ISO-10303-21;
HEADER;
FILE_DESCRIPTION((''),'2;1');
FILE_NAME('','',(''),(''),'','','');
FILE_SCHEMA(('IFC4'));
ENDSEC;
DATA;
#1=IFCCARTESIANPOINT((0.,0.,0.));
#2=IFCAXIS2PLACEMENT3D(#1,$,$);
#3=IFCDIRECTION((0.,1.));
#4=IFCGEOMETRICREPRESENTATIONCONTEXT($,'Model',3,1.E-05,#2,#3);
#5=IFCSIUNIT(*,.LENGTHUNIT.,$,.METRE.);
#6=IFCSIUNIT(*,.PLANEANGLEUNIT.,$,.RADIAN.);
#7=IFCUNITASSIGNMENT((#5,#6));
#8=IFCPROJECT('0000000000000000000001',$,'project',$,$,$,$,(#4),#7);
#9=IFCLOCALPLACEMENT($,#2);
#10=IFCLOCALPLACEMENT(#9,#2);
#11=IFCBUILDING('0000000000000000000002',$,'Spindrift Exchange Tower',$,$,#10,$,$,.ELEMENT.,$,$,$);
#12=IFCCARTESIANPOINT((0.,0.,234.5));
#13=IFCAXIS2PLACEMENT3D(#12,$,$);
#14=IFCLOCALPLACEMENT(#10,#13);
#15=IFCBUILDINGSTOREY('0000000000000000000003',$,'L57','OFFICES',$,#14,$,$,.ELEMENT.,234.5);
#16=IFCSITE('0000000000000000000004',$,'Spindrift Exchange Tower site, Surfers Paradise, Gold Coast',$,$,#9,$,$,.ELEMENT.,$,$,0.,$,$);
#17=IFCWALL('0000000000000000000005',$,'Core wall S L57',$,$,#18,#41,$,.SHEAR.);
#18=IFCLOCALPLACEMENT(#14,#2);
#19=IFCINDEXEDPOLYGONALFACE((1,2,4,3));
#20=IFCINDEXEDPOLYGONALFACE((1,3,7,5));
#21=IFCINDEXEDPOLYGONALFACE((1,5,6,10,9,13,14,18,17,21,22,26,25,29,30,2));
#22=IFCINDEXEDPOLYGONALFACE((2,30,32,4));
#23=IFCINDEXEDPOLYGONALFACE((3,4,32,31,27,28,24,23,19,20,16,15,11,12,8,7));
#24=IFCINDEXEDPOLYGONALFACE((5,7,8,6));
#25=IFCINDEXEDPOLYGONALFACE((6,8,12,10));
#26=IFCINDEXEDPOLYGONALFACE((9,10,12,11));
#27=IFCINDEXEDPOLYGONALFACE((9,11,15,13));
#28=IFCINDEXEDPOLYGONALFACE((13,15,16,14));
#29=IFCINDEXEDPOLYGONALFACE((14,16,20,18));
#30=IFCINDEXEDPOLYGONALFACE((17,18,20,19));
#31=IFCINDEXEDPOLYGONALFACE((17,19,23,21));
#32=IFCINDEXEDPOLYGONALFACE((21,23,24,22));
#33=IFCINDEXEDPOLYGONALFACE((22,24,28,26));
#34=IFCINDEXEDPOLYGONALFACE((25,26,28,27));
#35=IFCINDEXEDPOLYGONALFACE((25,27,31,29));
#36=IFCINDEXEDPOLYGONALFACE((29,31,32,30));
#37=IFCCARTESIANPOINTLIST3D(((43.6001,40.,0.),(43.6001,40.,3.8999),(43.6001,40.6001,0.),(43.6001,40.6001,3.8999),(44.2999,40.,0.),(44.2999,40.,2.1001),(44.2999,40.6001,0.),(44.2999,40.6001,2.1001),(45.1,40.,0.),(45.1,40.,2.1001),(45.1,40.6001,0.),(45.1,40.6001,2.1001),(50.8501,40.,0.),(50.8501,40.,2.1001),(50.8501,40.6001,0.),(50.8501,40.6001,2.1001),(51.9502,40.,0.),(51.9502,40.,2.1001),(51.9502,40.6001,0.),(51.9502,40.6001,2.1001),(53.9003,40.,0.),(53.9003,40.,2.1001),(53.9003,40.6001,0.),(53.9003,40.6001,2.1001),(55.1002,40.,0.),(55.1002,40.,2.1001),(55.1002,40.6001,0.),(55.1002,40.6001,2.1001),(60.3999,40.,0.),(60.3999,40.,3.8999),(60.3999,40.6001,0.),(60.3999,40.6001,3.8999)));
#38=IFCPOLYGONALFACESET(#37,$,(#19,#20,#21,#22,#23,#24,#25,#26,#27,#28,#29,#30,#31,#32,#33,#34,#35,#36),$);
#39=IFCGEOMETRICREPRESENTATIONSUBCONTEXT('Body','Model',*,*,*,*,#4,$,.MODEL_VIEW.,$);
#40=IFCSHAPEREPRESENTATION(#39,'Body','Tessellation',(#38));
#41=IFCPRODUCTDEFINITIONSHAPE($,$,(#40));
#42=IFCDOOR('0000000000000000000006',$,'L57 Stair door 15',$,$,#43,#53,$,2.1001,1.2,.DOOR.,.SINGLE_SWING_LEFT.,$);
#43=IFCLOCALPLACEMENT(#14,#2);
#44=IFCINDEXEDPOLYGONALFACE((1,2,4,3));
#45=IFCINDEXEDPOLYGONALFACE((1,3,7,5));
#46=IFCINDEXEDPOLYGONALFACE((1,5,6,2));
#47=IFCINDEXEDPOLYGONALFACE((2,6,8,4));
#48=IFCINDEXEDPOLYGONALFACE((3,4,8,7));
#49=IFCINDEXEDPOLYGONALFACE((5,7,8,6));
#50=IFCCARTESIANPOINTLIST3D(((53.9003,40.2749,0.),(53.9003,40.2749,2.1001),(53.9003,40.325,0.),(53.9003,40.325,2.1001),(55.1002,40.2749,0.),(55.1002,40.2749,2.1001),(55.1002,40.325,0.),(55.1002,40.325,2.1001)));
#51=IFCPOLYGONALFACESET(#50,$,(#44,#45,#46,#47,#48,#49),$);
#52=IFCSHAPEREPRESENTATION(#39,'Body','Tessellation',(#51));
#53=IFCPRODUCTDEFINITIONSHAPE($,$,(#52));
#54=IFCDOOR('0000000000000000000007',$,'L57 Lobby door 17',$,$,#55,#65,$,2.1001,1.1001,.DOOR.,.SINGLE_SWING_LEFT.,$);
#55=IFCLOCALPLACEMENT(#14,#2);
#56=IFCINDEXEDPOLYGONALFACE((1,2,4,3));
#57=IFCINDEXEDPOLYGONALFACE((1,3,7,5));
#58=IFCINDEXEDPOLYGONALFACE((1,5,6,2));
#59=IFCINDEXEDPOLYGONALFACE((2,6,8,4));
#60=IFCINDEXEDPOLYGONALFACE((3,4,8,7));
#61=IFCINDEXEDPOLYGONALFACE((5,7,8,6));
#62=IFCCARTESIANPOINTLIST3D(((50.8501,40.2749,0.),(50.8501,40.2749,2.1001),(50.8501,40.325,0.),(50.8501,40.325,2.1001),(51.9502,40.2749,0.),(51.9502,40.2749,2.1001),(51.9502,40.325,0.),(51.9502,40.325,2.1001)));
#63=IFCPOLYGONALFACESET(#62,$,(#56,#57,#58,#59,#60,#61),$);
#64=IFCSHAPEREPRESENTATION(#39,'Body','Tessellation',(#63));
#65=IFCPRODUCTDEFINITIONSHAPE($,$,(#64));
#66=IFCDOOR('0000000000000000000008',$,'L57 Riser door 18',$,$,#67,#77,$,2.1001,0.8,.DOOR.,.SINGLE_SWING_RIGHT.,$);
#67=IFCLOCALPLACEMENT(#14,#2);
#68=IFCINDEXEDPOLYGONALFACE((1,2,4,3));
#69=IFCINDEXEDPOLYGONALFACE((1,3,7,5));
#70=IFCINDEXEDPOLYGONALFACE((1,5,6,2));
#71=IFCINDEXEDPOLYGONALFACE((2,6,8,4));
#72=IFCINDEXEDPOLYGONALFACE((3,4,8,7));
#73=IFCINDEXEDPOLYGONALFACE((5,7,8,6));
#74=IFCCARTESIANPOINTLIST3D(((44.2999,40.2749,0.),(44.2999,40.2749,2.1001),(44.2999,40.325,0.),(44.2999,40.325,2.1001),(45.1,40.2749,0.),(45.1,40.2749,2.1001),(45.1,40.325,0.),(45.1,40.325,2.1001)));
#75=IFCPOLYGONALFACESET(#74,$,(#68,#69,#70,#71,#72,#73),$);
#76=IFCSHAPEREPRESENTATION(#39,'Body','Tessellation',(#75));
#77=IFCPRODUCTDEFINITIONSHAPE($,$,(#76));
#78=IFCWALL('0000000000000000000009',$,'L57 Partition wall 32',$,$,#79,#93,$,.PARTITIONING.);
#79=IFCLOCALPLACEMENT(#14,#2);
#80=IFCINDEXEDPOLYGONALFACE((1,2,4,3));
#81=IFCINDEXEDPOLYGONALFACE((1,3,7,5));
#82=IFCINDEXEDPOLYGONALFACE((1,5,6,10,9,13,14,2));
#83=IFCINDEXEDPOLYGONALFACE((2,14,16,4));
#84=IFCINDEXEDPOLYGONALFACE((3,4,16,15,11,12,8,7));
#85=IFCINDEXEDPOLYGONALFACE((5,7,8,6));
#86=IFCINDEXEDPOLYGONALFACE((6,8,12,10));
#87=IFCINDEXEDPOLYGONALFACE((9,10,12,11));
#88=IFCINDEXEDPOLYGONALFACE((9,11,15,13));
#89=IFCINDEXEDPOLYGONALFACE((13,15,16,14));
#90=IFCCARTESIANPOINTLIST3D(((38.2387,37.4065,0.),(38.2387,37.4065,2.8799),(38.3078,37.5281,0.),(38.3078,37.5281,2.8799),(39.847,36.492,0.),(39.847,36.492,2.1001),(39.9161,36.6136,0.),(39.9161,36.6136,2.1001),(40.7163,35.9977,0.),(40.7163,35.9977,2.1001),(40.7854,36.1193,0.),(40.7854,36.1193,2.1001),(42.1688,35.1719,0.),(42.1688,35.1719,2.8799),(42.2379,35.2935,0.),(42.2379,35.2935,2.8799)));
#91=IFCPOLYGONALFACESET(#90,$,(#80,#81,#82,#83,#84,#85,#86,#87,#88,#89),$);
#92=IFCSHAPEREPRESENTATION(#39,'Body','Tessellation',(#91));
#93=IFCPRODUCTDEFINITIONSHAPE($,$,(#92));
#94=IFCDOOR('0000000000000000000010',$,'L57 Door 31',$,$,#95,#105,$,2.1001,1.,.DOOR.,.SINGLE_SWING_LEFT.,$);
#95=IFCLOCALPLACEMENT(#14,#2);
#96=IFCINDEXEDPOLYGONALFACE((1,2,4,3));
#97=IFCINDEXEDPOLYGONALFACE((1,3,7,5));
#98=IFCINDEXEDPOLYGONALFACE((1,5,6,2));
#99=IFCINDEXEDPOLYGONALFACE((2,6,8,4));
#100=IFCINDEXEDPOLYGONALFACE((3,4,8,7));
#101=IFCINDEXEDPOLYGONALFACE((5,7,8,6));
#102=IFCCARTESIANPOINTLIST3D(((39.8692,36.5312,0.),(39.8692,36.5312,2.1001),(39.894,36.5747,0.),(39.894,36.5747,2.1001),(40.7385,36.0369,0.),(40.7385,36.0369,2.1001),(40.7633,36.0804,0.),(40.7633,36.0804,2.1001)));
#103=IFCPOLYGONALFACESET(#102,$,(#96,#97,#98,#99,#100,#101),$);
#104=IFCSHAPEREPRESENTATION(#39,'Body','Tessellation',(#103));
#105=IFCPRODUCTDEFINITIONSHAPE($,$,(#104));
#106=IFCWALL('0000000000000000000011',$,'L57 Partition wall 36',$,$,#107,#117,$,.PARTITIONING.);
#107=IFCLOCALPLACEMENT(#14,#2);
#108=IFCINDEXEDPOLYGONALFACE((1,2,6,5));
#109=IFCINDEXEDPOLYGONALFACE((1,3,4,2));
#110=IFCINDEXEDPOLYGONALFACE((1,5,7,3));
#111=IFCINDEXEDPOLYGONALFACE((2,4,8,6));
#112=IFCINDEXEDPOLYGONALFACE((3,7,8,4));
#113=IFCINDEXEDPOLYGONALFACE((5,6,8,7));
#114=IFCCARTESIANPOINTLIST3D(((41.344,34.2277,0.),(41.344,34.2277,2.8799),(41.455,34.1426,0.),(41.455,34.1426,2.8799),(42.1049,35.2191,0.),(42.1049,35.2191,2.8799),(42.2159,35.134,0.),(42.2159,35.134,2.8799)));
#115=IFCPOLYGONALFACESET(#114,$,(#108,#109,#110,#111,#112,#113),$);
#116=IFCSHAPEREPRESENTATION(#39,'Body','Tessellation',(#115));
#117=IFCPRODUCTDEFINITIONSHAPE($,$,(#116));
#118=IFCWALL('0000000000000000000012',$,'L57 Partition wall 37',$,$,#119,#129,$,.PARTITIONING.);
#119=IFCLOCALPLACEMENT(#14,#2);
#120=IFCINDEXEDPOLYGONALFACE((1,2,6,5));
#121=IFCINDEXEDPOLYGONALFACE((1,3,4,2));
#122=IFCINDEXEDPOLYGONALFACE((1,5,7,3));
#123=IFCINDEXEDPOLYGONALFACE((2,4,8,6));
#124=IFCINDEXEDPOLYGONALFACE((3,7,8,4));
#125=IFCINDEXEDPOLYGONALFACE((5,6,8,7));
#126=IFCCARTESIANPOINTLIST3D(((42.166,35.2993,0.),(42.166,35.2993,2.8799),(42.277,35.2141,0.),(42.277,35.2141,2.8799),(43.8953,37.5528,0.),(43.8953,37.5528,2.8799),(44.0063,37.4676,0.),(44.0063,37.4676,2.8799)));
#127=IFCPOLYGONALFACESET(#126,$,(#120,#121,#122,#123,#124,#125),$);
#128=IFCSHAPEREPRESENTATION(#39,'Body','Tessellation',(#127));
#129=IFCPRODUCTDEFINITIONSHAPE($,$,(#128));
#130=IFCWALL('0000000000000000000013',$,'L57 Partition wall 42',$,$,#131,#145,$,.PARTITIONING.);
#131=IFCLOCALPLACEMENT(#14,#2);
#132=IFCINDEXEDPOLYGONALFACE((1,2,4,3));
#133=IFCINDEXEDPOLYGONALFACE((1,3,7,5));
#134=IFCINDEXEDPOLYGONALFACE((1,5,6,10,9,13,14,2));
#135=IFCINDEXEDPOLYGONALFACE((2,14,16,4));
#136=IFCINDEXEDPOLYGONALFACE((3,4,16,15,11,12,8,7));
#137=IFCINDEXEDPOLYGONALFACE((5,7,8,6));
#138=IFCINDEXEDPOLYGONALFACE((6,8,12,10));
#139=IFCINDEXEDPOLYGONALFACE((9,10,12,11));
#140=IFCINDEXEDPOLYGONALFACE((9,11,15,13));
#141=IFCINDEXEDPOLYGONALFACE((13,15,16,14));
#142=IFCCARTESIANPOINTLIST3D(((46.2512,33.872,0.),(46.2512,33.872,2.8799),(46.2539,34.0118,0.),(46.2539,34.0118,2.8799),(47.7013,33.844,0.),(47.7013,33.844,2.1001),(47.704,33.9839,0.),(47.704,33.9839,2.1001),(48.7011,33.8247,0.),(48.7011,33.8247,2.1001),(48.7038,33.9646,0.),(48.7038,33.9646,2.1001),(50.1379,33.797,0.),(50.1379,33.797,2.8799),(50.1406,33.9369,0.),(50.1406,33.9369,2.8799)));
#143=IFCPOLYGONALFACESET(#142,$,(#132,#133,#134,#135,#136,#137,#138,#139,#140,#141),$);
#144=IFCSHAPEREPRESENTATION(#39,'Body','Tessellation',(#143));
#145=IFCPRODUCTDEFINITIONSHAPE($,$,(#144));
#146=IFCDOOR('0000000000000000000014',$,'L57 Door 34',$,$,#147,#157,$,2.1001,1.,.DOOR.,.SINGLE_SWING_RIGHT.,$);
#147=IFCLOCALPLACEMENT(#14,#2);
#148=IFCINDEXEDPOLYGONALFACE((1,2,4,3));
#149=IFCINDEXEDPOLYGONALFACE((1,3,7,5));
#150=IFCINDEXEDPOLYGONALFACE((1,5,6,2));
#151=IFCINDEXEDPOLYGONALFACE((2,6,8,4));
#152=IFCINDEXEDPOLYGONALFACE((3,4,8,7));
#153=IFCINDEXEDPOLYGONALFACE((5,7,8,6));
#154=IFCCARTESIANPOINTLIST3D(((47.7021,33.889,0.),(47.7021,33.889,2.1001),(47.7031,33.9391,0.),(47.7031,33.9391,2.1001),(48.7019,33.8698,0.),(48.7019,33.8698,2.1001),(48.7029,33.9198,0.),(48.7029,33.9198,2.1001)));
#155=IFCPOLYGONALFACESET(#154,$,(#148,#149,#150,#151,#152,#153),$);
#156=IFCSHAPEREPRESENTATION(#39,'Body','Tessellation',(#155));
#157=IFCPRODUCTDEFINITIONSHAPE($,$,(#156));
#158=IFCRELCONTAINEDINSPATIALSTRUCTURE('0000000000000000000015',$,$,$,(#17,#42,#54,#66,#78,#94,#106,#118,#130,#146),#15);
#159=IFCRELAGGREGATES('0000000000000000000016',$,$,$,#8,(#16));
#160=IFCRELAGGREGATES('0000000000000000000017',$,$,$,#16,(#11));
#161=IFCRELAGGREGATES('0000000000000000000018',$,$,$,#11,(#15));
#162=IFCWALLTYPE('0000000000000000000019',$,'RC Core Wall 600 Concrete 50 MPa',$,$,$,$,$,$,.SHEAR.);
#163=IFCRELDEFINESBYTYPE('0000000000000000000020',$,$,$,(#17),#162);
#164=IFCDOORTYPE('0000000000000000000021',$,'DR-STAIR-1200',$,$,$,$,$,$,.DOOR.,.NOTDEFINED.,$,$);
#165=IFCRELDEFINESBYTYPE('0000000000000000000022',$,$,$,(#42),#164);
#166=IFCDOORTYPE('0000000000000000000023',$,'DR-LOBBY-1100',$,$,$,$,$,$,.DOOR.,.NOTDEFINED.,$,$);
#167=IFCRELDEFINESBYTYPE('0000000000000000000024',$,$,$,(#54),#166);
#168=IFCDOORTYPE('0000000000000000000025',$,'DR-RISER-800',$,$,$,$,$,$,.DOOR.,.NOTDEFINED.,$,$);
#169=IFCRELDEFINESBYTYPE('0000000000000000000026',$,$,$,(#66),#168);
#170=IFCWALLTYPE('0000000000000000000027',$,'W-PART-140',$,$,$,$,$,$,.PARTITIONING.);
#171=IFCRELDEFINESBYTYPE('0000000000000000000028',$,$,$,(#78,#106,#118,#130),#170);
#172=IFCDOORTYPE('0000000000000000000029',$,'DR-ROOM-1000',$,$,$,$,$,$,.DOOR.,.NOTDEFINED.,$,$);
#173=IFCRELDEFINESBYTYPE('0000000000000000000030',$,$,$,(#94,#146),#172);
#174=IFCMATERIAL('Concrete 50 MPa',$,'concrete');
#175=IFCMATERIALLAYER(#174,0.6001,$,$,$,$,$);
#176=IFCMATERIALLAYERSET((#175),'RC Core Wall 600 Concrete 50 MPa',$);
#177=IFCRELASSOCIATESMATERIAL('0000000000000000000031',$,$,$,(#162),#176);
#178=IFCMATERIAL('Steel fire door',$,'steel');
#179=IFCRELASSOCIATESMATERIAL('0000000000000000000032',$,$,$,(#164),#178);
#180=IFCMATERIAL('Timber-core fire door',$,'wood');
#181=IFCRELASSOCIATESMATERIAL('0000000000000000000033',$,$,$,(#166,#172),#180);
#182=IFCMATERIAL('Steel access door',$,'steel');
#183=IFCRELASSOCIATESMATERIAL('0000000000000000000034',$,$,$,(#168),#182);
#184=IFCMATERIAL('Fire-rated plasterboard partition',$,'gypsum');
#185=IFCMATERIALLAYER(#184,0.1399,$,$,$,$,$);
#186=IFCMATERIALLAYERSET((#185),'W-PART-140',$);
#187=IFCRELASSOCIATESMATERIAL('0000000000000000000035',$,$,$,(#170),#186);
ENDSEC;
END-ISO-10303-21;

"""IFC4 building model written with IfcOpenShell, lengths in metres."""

from ifc_helpers import new_model, si_unit, direction, frame, frame_2d, origin, place, context, subcontext, project, spatial, rectangle, extrude, source, transform, mapped, material, layer, layer_set, type_object, element, fill, save


model = new_model("IFC4")

# Units and contexts
model_context = context("Model", 3, precision=1e-05, world=origin(), true_north=direction((0.0, 1.0)))
body_context = subcontext(model_context, "Body", "Model", "MODEL_VIEW")
ifc_project = project(units=[si_unit("LENGTHUNIT", "METRE"), si_unit("PLANEANGLEUNIT", "RADIAN")], contexts=[model_context])

# Site, building, storey
site_placement = place(None, origin())
site = spatial("IfcSite", under=ifc_project, at=site_placement, Name="Spindrift Exchange Tower site, Surfers Paradise, Gold Coast", CompositionType="ELEMENT", RefElevation=0.0)
building_placement = place(site_placement, origin())
building = spatial("IfcBuilding", under=site, at=building_placement, Name="Spindrift Exchange Tower", CompositionType="ELEMENT")
storey_placement = place(building_placement, frame((0.0, 0.0, 234.5)))
storey = spatial("IfcBuildingStorey", under=building, at=storey_placement, Name="L57", Description="OFFICES", CompositionType="ELEMENT", Elevation=234.5)

# Wall, openings, doors
ifc_material_1 = material(Name="Concrete 50 MPa", Category="concrete")
ifc_layer_1 = layer(ifc_material_1, 0.6001)
ifc_layer_set_1 = layer_set([ifc_layer_1], Name="RC Core Wall 600 Concrete 50 MPa")
wall_type_1 = type_object("IfcWallType", Name="RC Core Wall 600 Concrete 50 MPa", PredefinedType="SHEAR", material=ifc_layer_set_1)
wall_1_placement = place(storey_placement, frame((43.6001, 40.3, 0.0), z_axis=(0.0, 0.0, 1.0), x_axis=(1.0, 0.0, 0.0)))
wall_1 = element("IfcWall", 1, at=wall_1_placement, inside=storey, type_object=wall_type_1, Name="Core wall S L57", PredefinedType="SHEAR", context=body_context, shape_type="SweptSolid", body=[
    extrude(rectangle(XDim=16.7998, YDim=0.6001, at=frame_2d((8.3999, 0.0))), origin(), (0.0, 0.0, 1.0), 3.8999),
])
opening_1_placement = place(wall_1_placement, frame((10.3, 0.0, 0.0)))
opening_1 = element("IfcOpeningElement", 2, at=opening_1_placement, cuts=wall_1, PredefinedType="OPENING", context=body_context, shape_type="SweptSolid", body=[
    extrude(rectangle(XDim=1.2, YDim=2.1001, at=frame_2d((0.6001, 1.05))), frame((0.0, 0.3101, 0.0), z_axis=(0.0, -1.0, 0.0), x_axis=(1.0, 0.0, 0.0)), (0.0, 0.0, 1.0), 0.6201),
])
opening_2_placement = place(wall_1_placement, frame((7.25, 0.0, 0.0)))
opening_2 = element("IfcOpeningElement", 3, at=opening_2_placement, cuts=wall_1, PredefinedType="OPENING", context=body_context, shape_type="SweptSolid", body=[
    extrude(rectangle(XDim=1.1001, YDim=2.1001, at=frame_2d((0.55, 1.05))), frame((0.0, 0.3101, 0.0), z_axis=(0.0, -1.0, 0.0), x_axis=(1.0, 0.0, 0.0)), (0.0, 0.0, 1.0), 0.6201),
])
opening_3_placement = place(wall_1_placement, frame((0.7, 0.0, 0.0)))
opening_3 = element("IfcOpeningElement", 4, at=opening_3_placement, cuts=wall_1, PredefinedType="OPENING", context=body_context, shape_type="SweptSolid", body=[
    extrude(rectangle(XDim=0.8, YDim=2.1001, at=frame_2d((0.3999, 1.05))), frame((0.0, 0.3101, 0.0), z_axis=(0.0, -1.0, 0.0), x_axis=(1.0, 0.0, 0.0)), (0.0, 0.0, 1.0), 0.6201),
])
ifc_material_2 = material(Name="Steel fire door", Category="steel")
door_type_1 = type_object("IfcDoorType", Name="DR-STAIR-1200", OperationType="NOTDEFINED", PredefinedType="DOOR", material=ifc_material_2)
shared_shape_1 = source(origin(), body_context, "Body", "SweptSolid", [
    extrude(rectangle(XDim=1.2, YDim=2.1001, at=frame_2d((0.6001, 1.05))), frame((0.0, 0.0249, 0.0), z_axis=(0.0, -1.0, 0.0), x_axis=(1.0, 0.0, 0.0)), (0.0, 0.0, 1.0), 0.05),
])
door_1_placement = place(opening_1_placement, origin())
door_1 = element("IfcDoor", 5, at=door_1_placement, inside=storey, type_object=door_type_1, Name="L57 Stair door 15", OperationType="SINGLE_SWING_LEFT", OverallHeight=2.1001, OverallWidth=1.2, PredefinedType="DOOR", context=body_context, shape_type="MappedRepresentation", body=[
    mapped(shared_shape_1, transform((0.0, 0.0, 0.0), scale=1.0)),
])
fill(opening_1, door_1)
ifc_material_3 = material(Name="Timber-core fire door", Category="wood")
door_type_2 = type_object("IfcDoorType", Name="DR-LOBBY-1100", OperationType="NOTDEFINED", PredefinedType="DOOR", material=ifc_material_3)
shared_shape_2 = source(origin(), body_context, "Body", "SweptSolid", [
    extrude(rectangle(XDim=1.1001, YDim=2.1001, at=frame_2d((0.55, 1.05))), frame((0.0, 0.0249, 0.0), z_axis=(0.0, -1.0, 0.0), x_axis=(1.0, 0.0, 0.0)), (0.0, 0.0, 1.0), 0.05),
])
door_2_placement = place(opening_2_placement, origin())
door_2 = element("IfcDoor", 6, at=door_2_placement, inside=storey, type_object=door_type_2, Name="L57 Lobby door 17", OperationType="SINGLE_SWING_LEFT", OverallHeight=2.1001, OverallWidth=1.1001, PredefinedType="DOOR", context=body_context, shape_type="MappedRepresentation", body=[
    mapped(shared_shape_2, transform((0.0, 0.0, 0.0), scale=1.0)),
])
fill(opening_2, door_2)
ifc_material_4 = material(Name="Steel access door", Category="steel")
door_type_3 = type_object("IfcDoorType", Name="DR-RISER-800", OperationType="NOTDEFINED", PredefinedType="DOOR", material=ifc_material_4)
shared_shape_3 = source(origin(), body_context, "Body", "SweptSolid", [
    extrude(rectangle(XDim=0.8, YDim=2.1001, at=frame_2d((0.3999, 1.05))), frame((0.0, 0.0249, 0.0), z_axis=(0.0, -1.0, 0.0), x_axis=(1.0, 0.0, 0.0)), (0.0, 0.0, 1.0), 0.05),
])
door_3_placement = place(opening_3_placement, origin())
door_3 = element("IfcDoor", 7, at=door_3_placement, inside=storey, type_object=door_type_3, Name="L57 Riser door 18", OperationType="SINGLE_SWING_RIGHT", OverallHeight=2.1001, OverallWidth=0.8, PredefinedType="DOOR", context=body_context, shape_type="MappedRepresentation", body=[
    mapped(shared_shape_3, transform((0.0, 0.0, 0.0), scale=1.0)),
])
fill(opening_3, door_3)

# Wall, opening, door
ifc_material_5 = material(Name="Fire-rated plasterboard partition", Category="gypsum")
ifc_layer_2 = layer(ifc_material_5, 0.1399)
ifc_layer_set_2 = layer_set([ifc_layer_2], Name="W-PART-140")
wall_type_2 = type_object("IfcWallType", Name="W-PART-140", PredefinedType="PARTITIONING", material=ifc_layer_set_2)
wall_2_placement = place(storey_placement, frame((42.2034, 35.2327, 0.0), z_axis=(0.0, 0.0, 1.0), x_axis=(-0.869308, 0.494271, 0.0)))
wall_2 = element("IfcWall", 8, at=wall_2_placement, inside=storey, type_object=wall_type_2, Name="L57 Partition wall 32", PredefinedType="PARTITIONING", context=body_context, shape_type="SweptSolid", body=[
    extrude(rectangle(XDim=4.521, YDim=0.1399, at=frame_2d((2.2605, 0.0))), origin(), (0.0, 0.0, 1.0), 2.8799),
])
opening_4_placement = place(wall_2_placement, frame((1.6709, 0.0, 0.0)))
opening_4 = element("IfcOpeningElement", 9, at=opening_4_placement, cuts=wall_2, PredefinedType="OPENING", context=body_context, shape_type="SweptSolid", body=[
    extrude(rectangle(XDim=1.0, YDim=2.1001, at=frame_2d((0.5, 1.05))), frame((0.0, 0.0798, 0.0), z_axis=(0.0, -1.0, 0.0), x_axis=(1.0, 0.0, 0.0)), (0.0, 0.0, 1.0), 0.1599),
])
door_type_4 = type_object("IfcDoorType", Name="DR-ROOM-1000", OperationType="NOTDEFINED", PredefinedType="DOOR", material=ifc_material_3)
shared_shape_4 = source(origin(), body_context, "Body", "SweptSolid", [
    extrude(rectangle(XDim=1.0, YDim=2.1001, at=frame_2d((0.5, 1.05))), frame((0.0, 0.0249, 0.0), z_axis=(0.0, -1.0, 0.0), x_axis=(1.0, 0.0, 0.0)), (0.0, 0.0, 1.0), 0.05),
])
door_4_placement = place(opening_4_placement, origin())
door_4 = element("IfcDoor", 10, at=door_4_placement, inside=storey, type_object=door_type_4, Name="L57 Door 31", OperationType="SINGLE_SWING_LEFT", OverallHeight=2.1001, OverallWidth=1.0, PredefinedType="DOOR", context=body_context, shape_type="MappedRepresentation", body=[
    mapped(shared_shape_4, transform((0.0, 0.0, 0.0), scale=1.0)),
])
fill(opening_4, door_4)

# Walls
wall_3_placement = place(storey_placement, frame((41.3994, 34.1851, 0.0), z_axis=(0.0, 0.0, 1.0), x_axis=(0.60887, 0.79327, 0.0)))
element("IfcWall", 11, at=wall_3_placement, inside=storey, type_object=wall_type_2, Name="L57 Partition wall 36", PredefinedType="PARTITIONING", context=body_context, shape_type="SweptSolid", body=[
    extrude(rectangle(XDim=1.2498, YDim=0.1399, at=frame_2d((0.625, 0.0))), origin(), (0.0, 0.0, 1.0), 2.8799),
])
wall_4_placement = place(storey_placement, frame((42.2214, 35.2566, 0.0), z_axis=(0.0, 0.0, 1.0), x_axis=(0.608792, 0.79333, 0.0)))
element("IfcWall", 12, at=wall_4_placement, inside=storey, type_object=wall_type_2, Name="L57 Partition wall 37", PredefinedType="PARTITIONING", context=body_context, shape_type="SweptSolid", body=[
    extrude(rectangle(XDim=2.8406, YDim=0.1399, at=frame_2d((1.4204, 0.0))), origin(), (0.0, 0.0, 1.0), 2.8799),
])

# Wall, opening, door
wall_5_placement = place(storey_placement, frame((50.1394, 33.8669, 0.0), z_axis=(0.0, 0.0, 1.0), x_axis=(-0.999814, 0.01928, 0.0)))
wall_5 = element("IfcWall", 13, at=wall_5_placement, inside=storey, type_object=wall_type_2, Name="L57 Partition wall 42", PredefinedType="PARTITIONING", context=body_context, shape_type="SweptSolid", body=[
    extrude(rectangle(XDim=3.8875, YDim=0.1399, at=frame_2d((1.9438, 0.0))), origin(), (0.0, 0.0, 1.0), 2.8799),
])
opening_5_placement = place(wall_5_placement, frame((1.4373, 0.0, 0.0)))
opening_5 = element("IfcOpeningElement", 14, at=opening_5_placement, cuts=wall_5, PredefinedType="OPENING", context=body_context, shape_type="SweptSolid", body=[
    extrude(rectangle(XDim=1.0, YDim=2.1001, at=frame_2d((0.5, 1.05))), frame((0.0, 0.0798, 0.0), z_axis=(0.0, -1.0, 0.0), x_axis=(1.0, 0.0, 0.0)), (0.0, 0.0, 1.0), 0.1599),
])
door_5_placement = place(opening_5_placement, origin())
door_5 = element("IfcDoor", 15, at=door_5_placement, inside=storey, type_object=door_type_4, Name="L57 Door 34", OperationType="SINGLE_SWING_RIGHT", OverallHeight=2.1001, OverallWidth=1.0, PredefinedType="DOOR", context=body_context, shape_type="MappedRepresentation", body=[
    mapped(shared_shape_4, transform((0.0, 0.0, 0.0), scale=1.0)),
])
fill(opening_5, door_5)

save(model, "model.ifc")
